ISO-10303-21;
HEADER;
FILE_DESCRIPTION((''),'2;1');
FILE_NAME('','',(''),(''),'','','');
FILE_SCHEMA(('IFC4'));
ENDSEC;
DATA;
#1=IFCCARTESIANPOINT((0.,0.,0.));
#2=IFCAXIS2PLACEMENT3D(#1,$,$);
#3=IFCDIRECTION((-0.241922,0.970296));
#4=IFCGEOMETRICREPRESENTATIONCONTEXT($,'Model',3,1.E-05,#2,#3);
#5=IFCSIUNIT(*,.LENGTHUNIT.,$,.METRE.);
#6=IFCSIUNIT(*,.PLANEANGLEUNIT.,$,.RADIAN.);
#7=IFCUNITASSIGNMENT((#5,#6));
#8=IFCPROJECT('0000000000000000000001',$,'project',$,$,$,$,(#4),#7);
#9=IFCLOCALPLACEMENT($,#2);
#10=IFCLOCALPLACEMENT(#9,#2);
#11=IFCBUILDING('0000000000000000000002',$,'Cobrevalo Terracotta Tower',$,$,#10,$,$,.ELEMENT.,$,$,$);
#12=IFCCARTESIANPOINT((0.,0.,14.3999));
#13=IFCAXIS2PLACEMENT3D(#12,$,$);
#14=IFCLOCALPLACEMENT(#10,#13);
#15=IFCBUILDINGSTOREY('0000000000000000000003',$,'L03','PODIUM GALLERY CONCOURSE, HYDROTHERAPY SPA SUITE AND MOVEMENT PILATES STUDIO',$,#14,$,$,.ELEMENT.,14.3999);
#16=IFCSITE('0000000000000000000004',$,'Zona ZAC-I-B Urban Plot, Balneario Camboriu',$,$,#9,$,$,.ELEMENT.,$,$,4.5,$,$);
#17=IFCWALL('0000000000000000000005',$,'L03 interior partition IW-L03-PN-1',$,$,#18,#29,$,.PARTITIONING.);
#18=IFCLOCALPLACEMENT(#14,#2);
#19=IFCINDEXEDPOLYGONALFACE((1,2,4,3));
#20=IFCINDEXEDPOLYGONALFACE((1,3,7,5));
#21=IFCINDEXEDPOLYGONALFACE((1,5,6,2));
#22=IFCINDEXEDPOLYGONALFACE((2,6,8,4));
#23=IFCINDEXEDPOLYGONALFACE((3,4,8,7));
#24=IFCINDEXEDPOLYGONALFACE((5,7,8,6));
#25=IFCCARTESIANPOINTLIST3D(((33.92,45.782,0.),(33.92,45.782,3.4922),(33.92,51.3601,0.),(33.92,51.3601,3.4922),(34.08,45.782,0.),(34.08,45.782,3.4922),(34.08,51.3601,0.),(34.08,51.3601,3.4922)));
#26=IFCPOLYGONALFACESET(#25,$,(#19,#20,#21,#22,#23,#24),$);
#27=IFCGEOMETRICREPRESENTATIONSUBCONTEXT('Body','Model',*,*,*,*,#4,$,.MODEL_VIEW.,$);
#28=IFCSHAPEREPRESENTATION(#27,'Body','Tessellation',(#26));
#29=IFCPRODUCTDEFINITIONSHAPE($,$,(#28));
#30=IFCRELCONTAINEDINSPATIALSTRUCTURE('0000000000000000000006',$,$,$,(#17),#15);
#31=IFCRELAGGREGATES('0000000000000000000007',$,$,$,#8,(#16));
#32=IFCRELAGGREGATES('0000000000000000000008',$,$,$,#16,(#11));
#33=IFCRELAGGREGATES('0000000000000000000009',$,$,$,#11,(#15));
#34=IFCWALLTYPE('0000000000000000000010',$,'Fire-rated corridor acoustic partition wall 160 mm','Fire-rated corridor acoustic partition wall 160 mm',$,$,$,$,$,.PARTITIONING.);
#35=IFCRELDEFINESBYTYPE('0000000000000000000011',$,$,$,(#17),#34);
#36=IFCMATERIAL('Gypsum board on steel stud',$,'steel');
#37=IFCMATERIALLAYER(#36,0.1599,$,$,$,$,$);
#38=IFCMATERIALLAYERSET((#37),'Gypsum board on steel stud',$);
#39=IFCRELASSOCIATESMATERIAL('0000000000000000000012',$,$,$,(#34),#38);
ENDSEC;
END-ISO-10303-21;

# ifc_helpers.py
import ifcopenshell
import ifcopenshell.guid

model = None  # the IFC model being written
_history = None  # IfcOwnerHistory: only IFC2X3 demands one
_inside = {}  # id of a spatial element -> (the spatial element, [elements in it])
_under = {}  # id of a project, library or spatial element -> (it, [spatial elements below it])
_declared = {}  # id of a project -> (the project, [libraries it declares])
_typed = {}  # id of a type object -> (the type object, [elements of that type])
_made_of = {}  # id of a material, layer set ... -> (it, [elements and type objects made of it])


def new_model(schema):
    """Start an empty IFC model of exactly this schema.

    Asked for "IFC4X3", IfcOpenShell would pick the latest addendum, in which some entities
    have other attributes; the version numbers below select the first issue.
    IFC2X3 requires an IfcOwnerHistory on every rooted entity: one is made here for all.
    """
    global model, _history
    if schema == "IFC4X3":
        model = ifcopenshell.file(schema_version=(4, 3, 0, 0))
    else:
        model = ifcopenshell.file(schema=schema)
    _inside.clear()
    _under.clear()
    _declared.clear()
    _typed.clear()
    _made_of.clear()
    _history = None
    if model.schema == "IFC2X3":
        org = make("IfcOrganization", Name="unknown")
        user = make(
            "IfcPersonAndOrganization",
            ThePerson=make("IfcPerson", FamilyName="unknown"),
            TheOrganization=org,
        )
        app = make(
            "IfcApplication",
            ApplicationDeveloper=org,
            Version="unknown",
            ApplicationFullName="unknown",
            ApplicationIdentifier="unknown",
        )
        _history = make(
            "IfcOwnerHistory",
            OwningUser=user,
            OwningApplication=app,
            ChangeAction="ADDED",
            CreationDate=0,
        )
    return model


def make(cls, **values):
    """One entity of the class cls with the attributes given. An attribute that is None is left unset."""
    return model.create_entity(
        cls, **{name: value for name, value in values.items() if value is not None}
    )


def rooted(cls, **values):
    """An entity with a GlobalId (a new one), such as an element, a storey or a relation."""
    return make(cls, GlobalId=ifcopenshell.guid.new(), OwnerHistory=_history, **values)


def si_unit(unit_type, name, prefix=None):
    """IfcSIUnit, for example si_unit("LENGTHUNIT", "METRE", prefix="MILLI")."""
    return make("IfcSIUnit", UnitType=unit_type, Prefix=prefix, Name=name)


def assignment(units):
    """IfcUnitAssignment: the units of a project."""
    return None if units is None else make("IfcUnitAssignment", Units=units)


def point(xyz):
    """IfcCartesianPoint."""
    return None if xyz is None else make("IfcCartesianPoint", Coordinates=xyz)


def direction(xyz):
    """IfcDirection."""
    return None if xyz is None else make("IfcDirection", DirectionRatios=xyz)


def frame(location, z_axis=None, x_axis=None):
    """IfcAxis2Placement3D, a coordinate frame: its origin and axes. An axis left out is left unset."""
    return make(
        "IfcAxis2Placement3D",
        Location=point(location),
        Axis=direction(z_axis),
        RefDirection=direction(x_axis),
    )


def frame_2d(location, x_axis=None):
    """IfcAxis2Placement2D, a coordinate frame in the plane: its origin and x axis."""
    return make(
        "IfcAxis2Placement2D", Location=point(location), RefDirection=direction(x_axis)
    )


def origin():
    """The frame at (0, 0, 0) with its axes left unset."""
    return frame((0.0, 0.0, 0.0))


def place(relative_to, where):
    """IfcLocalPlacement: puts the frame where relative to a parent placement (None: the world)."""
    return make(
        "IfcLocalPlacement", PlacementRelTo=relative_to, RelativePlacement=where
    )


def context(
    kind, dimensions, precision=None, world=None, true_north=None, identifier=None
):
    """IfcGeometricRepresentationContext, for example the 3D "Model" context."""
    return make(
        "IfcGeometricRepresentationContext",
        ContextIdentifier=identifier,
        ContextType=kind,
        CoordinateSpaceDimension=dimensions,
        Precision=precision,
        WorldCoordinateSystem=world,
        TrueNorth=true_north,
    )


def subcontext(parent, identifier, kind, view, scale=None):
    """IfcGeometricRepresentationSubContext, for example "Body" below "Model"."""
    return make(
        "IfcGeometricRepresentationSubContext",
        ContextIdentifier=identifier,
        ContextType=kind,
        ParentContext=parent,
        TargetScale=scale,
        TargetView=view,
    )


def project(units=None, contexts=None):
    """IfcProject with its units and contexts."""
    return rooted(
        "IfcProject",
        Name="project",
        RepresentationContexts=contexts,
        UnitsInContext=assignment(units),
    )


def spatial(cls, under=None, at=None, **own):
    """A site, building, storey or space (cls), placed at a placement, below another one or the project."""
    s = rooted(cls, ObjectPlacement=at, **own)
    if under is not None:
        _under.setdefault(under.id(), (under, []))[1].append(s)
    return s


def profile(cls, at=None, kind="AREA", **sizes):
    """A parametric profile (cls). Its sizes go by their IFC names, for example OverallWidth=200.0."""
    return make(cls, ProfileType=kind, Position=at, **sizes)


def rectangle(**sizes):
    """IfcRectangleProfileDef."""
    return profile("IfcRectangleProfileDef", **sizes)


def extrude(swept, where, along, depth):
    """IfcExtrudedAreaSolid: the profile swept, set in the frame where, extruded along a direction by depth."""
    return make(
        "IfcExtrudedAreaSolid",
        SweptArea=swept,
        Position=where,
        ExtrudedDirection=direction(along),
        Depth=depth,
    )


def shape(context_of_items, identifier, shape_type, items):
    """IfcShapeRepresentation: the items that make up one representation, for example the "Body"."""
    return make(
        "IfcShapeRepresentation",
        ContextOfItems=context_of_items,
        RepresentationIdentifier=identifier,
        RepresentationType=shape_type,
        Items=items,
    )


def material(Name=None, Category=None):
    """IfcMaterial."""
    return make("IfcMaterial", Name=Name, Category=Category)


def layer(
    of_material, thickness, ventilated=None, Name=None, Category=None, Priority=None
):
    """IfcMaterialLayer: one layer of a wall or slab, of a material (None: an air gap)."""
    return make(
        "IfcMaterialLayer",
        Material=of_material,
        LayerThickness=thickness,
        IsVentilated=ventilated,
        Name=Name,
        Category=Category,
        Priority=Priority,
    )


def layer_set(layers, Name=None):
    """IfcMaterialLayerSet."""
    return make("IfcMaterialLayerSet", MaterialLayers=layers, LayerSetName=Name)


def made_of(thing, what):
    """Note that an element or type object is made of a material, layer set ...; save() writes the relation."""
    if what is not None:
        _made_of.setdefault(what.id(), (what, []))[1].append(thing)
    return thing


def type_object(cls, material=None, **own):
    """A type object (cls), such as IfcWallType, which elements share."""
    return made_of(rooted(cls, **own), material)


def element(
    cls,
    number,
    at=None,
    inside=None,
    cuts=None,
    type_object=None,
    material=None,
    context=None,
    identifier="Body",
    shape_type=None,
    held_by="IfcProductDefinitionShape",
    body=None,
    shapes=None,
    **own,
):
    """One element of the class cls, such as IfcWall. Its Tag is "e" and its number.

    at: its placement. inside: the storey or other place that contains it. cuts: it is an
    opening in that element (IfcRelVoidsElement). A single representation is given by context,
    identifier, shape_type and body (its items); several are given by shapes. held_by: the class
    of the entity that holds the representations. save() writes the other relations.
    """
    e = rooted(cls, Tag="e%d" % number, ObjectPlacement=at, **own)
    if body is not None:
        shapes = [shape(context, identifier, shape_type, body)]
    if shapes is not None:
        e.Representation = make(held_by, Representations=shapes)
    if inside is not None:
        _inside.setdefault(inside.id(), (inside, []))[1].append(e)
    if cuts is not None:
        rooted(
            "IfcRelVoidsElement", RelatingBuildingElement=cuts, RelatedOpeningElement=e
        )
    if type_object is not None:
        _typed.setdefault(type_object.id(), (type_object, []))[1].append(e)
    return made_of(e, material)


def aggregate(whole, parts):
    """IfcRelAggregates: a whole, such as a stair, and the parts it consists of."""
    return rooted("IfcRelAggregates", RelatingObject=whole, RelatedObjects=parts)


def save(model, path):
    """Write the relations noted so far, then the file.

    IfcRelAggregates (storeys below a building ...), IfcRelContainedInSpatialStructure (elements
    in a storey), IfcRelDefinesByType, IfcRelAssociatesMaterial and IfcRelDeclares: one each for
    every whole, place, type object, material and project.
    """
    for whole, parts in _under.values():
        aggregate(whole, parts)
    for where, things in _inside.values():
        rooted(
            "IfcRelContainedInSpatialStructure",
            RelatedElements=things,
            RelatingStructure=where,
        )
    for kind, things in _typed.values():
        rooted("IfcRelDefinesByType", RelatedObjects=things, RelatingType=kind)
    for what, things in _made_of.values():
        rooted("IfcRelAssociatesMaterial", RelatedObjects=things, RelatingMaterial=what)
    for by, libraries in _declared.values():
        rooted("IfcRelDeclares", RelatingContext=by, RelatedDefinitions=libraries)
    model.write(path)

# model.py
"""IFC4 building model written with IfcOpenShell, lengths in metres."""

from ifc_helpers import new_model, si_unit, direction, frame, frame_2d, origin, place, context, subcontext, project, spatial, rectangle, extrude, material, layer, layer_set, type_object, element, save


model = new_model("IFC4")

# Units and contexts
model_context = context("Model", 3, precision=1e-05, world=origin(), true_north=direction((-0.241922, 0.970296)))
body_context = subcontext(model_context, "Body", "Model", "MODEL_VIEW")
ifc_project = project(units=[si_unit("LENGTHUNIT", "METRE"), si_unit("PLANEANGLEUNIT", "RADIAN")], contexts=[model_context])

# Site, building, storey
site_placement = place(None, origin())
site = spatial("IfcSite", under=ifc_project, at=site_placement, Name="Zona ZAC-I-B Urban Plot, Balneario Camboriu", CompositionType="ELEMENT", RefElevation=4.5)
building_placement = place(site_placement, origin())
building = spatial("IfcBuilding", under=site, at=building_placement, Name="Cobrevalo Terracotta Tower", CompositionType="ELEMENT")
storey_placement = place(building_placement, frame((0.0, 0.0, 14.3999)))
storey = spatial("IfcBuildingStorey", under=building, at=storey_placement, Name="L03", Description="PODIUM GALLERY CONCOURSE, HYDROTHERAPY SPA SUITE AND MOVEMENT PILATES STUDIO", CompositionType="ELEMENT", Elevation=14.3999)

# Wall
ifc_material_1 = material(Name="Gypsum board on steel stud", Category="steel")
ifc_layer_1 = layer(ifc_material_1, 0.1599)
ifc_layer_set_1 = layer_set([ifc_layer_1], Name="Gypsum board on steel stud")
wall_type = type_object("IfcWallType", Name="Fire-rated corridor acoustic partition wall 160 mm", Description="Fire-rated corridor acoustic partition wall 160 mm", PredefinedType="PARTITIONING", material=ifc_layer_set_1)
wall_placement = place(storey_placement, frame((34.0, 45.782, 0.0), z_axis=(0.0, 0.0, 1.0), x_axis=(0.0, 1.0, 0.0)))
element("IfcWall", 1, at=wall_placement, inside=storey, type_object=wall_type, Name="L03 interior partition IW-L03-PN-1", PredefinedType="PARTITIONING", context=body_context, shape_type="SweptSolid", body=[
    extrude(rectangle(XDim=5.5781, YDim=0.1599, at=frame_2d((2.7891, 0.0))), origin(), (0.0, 0.0, 1.0), 3.4922),
])

save(model, "model.ifc")
